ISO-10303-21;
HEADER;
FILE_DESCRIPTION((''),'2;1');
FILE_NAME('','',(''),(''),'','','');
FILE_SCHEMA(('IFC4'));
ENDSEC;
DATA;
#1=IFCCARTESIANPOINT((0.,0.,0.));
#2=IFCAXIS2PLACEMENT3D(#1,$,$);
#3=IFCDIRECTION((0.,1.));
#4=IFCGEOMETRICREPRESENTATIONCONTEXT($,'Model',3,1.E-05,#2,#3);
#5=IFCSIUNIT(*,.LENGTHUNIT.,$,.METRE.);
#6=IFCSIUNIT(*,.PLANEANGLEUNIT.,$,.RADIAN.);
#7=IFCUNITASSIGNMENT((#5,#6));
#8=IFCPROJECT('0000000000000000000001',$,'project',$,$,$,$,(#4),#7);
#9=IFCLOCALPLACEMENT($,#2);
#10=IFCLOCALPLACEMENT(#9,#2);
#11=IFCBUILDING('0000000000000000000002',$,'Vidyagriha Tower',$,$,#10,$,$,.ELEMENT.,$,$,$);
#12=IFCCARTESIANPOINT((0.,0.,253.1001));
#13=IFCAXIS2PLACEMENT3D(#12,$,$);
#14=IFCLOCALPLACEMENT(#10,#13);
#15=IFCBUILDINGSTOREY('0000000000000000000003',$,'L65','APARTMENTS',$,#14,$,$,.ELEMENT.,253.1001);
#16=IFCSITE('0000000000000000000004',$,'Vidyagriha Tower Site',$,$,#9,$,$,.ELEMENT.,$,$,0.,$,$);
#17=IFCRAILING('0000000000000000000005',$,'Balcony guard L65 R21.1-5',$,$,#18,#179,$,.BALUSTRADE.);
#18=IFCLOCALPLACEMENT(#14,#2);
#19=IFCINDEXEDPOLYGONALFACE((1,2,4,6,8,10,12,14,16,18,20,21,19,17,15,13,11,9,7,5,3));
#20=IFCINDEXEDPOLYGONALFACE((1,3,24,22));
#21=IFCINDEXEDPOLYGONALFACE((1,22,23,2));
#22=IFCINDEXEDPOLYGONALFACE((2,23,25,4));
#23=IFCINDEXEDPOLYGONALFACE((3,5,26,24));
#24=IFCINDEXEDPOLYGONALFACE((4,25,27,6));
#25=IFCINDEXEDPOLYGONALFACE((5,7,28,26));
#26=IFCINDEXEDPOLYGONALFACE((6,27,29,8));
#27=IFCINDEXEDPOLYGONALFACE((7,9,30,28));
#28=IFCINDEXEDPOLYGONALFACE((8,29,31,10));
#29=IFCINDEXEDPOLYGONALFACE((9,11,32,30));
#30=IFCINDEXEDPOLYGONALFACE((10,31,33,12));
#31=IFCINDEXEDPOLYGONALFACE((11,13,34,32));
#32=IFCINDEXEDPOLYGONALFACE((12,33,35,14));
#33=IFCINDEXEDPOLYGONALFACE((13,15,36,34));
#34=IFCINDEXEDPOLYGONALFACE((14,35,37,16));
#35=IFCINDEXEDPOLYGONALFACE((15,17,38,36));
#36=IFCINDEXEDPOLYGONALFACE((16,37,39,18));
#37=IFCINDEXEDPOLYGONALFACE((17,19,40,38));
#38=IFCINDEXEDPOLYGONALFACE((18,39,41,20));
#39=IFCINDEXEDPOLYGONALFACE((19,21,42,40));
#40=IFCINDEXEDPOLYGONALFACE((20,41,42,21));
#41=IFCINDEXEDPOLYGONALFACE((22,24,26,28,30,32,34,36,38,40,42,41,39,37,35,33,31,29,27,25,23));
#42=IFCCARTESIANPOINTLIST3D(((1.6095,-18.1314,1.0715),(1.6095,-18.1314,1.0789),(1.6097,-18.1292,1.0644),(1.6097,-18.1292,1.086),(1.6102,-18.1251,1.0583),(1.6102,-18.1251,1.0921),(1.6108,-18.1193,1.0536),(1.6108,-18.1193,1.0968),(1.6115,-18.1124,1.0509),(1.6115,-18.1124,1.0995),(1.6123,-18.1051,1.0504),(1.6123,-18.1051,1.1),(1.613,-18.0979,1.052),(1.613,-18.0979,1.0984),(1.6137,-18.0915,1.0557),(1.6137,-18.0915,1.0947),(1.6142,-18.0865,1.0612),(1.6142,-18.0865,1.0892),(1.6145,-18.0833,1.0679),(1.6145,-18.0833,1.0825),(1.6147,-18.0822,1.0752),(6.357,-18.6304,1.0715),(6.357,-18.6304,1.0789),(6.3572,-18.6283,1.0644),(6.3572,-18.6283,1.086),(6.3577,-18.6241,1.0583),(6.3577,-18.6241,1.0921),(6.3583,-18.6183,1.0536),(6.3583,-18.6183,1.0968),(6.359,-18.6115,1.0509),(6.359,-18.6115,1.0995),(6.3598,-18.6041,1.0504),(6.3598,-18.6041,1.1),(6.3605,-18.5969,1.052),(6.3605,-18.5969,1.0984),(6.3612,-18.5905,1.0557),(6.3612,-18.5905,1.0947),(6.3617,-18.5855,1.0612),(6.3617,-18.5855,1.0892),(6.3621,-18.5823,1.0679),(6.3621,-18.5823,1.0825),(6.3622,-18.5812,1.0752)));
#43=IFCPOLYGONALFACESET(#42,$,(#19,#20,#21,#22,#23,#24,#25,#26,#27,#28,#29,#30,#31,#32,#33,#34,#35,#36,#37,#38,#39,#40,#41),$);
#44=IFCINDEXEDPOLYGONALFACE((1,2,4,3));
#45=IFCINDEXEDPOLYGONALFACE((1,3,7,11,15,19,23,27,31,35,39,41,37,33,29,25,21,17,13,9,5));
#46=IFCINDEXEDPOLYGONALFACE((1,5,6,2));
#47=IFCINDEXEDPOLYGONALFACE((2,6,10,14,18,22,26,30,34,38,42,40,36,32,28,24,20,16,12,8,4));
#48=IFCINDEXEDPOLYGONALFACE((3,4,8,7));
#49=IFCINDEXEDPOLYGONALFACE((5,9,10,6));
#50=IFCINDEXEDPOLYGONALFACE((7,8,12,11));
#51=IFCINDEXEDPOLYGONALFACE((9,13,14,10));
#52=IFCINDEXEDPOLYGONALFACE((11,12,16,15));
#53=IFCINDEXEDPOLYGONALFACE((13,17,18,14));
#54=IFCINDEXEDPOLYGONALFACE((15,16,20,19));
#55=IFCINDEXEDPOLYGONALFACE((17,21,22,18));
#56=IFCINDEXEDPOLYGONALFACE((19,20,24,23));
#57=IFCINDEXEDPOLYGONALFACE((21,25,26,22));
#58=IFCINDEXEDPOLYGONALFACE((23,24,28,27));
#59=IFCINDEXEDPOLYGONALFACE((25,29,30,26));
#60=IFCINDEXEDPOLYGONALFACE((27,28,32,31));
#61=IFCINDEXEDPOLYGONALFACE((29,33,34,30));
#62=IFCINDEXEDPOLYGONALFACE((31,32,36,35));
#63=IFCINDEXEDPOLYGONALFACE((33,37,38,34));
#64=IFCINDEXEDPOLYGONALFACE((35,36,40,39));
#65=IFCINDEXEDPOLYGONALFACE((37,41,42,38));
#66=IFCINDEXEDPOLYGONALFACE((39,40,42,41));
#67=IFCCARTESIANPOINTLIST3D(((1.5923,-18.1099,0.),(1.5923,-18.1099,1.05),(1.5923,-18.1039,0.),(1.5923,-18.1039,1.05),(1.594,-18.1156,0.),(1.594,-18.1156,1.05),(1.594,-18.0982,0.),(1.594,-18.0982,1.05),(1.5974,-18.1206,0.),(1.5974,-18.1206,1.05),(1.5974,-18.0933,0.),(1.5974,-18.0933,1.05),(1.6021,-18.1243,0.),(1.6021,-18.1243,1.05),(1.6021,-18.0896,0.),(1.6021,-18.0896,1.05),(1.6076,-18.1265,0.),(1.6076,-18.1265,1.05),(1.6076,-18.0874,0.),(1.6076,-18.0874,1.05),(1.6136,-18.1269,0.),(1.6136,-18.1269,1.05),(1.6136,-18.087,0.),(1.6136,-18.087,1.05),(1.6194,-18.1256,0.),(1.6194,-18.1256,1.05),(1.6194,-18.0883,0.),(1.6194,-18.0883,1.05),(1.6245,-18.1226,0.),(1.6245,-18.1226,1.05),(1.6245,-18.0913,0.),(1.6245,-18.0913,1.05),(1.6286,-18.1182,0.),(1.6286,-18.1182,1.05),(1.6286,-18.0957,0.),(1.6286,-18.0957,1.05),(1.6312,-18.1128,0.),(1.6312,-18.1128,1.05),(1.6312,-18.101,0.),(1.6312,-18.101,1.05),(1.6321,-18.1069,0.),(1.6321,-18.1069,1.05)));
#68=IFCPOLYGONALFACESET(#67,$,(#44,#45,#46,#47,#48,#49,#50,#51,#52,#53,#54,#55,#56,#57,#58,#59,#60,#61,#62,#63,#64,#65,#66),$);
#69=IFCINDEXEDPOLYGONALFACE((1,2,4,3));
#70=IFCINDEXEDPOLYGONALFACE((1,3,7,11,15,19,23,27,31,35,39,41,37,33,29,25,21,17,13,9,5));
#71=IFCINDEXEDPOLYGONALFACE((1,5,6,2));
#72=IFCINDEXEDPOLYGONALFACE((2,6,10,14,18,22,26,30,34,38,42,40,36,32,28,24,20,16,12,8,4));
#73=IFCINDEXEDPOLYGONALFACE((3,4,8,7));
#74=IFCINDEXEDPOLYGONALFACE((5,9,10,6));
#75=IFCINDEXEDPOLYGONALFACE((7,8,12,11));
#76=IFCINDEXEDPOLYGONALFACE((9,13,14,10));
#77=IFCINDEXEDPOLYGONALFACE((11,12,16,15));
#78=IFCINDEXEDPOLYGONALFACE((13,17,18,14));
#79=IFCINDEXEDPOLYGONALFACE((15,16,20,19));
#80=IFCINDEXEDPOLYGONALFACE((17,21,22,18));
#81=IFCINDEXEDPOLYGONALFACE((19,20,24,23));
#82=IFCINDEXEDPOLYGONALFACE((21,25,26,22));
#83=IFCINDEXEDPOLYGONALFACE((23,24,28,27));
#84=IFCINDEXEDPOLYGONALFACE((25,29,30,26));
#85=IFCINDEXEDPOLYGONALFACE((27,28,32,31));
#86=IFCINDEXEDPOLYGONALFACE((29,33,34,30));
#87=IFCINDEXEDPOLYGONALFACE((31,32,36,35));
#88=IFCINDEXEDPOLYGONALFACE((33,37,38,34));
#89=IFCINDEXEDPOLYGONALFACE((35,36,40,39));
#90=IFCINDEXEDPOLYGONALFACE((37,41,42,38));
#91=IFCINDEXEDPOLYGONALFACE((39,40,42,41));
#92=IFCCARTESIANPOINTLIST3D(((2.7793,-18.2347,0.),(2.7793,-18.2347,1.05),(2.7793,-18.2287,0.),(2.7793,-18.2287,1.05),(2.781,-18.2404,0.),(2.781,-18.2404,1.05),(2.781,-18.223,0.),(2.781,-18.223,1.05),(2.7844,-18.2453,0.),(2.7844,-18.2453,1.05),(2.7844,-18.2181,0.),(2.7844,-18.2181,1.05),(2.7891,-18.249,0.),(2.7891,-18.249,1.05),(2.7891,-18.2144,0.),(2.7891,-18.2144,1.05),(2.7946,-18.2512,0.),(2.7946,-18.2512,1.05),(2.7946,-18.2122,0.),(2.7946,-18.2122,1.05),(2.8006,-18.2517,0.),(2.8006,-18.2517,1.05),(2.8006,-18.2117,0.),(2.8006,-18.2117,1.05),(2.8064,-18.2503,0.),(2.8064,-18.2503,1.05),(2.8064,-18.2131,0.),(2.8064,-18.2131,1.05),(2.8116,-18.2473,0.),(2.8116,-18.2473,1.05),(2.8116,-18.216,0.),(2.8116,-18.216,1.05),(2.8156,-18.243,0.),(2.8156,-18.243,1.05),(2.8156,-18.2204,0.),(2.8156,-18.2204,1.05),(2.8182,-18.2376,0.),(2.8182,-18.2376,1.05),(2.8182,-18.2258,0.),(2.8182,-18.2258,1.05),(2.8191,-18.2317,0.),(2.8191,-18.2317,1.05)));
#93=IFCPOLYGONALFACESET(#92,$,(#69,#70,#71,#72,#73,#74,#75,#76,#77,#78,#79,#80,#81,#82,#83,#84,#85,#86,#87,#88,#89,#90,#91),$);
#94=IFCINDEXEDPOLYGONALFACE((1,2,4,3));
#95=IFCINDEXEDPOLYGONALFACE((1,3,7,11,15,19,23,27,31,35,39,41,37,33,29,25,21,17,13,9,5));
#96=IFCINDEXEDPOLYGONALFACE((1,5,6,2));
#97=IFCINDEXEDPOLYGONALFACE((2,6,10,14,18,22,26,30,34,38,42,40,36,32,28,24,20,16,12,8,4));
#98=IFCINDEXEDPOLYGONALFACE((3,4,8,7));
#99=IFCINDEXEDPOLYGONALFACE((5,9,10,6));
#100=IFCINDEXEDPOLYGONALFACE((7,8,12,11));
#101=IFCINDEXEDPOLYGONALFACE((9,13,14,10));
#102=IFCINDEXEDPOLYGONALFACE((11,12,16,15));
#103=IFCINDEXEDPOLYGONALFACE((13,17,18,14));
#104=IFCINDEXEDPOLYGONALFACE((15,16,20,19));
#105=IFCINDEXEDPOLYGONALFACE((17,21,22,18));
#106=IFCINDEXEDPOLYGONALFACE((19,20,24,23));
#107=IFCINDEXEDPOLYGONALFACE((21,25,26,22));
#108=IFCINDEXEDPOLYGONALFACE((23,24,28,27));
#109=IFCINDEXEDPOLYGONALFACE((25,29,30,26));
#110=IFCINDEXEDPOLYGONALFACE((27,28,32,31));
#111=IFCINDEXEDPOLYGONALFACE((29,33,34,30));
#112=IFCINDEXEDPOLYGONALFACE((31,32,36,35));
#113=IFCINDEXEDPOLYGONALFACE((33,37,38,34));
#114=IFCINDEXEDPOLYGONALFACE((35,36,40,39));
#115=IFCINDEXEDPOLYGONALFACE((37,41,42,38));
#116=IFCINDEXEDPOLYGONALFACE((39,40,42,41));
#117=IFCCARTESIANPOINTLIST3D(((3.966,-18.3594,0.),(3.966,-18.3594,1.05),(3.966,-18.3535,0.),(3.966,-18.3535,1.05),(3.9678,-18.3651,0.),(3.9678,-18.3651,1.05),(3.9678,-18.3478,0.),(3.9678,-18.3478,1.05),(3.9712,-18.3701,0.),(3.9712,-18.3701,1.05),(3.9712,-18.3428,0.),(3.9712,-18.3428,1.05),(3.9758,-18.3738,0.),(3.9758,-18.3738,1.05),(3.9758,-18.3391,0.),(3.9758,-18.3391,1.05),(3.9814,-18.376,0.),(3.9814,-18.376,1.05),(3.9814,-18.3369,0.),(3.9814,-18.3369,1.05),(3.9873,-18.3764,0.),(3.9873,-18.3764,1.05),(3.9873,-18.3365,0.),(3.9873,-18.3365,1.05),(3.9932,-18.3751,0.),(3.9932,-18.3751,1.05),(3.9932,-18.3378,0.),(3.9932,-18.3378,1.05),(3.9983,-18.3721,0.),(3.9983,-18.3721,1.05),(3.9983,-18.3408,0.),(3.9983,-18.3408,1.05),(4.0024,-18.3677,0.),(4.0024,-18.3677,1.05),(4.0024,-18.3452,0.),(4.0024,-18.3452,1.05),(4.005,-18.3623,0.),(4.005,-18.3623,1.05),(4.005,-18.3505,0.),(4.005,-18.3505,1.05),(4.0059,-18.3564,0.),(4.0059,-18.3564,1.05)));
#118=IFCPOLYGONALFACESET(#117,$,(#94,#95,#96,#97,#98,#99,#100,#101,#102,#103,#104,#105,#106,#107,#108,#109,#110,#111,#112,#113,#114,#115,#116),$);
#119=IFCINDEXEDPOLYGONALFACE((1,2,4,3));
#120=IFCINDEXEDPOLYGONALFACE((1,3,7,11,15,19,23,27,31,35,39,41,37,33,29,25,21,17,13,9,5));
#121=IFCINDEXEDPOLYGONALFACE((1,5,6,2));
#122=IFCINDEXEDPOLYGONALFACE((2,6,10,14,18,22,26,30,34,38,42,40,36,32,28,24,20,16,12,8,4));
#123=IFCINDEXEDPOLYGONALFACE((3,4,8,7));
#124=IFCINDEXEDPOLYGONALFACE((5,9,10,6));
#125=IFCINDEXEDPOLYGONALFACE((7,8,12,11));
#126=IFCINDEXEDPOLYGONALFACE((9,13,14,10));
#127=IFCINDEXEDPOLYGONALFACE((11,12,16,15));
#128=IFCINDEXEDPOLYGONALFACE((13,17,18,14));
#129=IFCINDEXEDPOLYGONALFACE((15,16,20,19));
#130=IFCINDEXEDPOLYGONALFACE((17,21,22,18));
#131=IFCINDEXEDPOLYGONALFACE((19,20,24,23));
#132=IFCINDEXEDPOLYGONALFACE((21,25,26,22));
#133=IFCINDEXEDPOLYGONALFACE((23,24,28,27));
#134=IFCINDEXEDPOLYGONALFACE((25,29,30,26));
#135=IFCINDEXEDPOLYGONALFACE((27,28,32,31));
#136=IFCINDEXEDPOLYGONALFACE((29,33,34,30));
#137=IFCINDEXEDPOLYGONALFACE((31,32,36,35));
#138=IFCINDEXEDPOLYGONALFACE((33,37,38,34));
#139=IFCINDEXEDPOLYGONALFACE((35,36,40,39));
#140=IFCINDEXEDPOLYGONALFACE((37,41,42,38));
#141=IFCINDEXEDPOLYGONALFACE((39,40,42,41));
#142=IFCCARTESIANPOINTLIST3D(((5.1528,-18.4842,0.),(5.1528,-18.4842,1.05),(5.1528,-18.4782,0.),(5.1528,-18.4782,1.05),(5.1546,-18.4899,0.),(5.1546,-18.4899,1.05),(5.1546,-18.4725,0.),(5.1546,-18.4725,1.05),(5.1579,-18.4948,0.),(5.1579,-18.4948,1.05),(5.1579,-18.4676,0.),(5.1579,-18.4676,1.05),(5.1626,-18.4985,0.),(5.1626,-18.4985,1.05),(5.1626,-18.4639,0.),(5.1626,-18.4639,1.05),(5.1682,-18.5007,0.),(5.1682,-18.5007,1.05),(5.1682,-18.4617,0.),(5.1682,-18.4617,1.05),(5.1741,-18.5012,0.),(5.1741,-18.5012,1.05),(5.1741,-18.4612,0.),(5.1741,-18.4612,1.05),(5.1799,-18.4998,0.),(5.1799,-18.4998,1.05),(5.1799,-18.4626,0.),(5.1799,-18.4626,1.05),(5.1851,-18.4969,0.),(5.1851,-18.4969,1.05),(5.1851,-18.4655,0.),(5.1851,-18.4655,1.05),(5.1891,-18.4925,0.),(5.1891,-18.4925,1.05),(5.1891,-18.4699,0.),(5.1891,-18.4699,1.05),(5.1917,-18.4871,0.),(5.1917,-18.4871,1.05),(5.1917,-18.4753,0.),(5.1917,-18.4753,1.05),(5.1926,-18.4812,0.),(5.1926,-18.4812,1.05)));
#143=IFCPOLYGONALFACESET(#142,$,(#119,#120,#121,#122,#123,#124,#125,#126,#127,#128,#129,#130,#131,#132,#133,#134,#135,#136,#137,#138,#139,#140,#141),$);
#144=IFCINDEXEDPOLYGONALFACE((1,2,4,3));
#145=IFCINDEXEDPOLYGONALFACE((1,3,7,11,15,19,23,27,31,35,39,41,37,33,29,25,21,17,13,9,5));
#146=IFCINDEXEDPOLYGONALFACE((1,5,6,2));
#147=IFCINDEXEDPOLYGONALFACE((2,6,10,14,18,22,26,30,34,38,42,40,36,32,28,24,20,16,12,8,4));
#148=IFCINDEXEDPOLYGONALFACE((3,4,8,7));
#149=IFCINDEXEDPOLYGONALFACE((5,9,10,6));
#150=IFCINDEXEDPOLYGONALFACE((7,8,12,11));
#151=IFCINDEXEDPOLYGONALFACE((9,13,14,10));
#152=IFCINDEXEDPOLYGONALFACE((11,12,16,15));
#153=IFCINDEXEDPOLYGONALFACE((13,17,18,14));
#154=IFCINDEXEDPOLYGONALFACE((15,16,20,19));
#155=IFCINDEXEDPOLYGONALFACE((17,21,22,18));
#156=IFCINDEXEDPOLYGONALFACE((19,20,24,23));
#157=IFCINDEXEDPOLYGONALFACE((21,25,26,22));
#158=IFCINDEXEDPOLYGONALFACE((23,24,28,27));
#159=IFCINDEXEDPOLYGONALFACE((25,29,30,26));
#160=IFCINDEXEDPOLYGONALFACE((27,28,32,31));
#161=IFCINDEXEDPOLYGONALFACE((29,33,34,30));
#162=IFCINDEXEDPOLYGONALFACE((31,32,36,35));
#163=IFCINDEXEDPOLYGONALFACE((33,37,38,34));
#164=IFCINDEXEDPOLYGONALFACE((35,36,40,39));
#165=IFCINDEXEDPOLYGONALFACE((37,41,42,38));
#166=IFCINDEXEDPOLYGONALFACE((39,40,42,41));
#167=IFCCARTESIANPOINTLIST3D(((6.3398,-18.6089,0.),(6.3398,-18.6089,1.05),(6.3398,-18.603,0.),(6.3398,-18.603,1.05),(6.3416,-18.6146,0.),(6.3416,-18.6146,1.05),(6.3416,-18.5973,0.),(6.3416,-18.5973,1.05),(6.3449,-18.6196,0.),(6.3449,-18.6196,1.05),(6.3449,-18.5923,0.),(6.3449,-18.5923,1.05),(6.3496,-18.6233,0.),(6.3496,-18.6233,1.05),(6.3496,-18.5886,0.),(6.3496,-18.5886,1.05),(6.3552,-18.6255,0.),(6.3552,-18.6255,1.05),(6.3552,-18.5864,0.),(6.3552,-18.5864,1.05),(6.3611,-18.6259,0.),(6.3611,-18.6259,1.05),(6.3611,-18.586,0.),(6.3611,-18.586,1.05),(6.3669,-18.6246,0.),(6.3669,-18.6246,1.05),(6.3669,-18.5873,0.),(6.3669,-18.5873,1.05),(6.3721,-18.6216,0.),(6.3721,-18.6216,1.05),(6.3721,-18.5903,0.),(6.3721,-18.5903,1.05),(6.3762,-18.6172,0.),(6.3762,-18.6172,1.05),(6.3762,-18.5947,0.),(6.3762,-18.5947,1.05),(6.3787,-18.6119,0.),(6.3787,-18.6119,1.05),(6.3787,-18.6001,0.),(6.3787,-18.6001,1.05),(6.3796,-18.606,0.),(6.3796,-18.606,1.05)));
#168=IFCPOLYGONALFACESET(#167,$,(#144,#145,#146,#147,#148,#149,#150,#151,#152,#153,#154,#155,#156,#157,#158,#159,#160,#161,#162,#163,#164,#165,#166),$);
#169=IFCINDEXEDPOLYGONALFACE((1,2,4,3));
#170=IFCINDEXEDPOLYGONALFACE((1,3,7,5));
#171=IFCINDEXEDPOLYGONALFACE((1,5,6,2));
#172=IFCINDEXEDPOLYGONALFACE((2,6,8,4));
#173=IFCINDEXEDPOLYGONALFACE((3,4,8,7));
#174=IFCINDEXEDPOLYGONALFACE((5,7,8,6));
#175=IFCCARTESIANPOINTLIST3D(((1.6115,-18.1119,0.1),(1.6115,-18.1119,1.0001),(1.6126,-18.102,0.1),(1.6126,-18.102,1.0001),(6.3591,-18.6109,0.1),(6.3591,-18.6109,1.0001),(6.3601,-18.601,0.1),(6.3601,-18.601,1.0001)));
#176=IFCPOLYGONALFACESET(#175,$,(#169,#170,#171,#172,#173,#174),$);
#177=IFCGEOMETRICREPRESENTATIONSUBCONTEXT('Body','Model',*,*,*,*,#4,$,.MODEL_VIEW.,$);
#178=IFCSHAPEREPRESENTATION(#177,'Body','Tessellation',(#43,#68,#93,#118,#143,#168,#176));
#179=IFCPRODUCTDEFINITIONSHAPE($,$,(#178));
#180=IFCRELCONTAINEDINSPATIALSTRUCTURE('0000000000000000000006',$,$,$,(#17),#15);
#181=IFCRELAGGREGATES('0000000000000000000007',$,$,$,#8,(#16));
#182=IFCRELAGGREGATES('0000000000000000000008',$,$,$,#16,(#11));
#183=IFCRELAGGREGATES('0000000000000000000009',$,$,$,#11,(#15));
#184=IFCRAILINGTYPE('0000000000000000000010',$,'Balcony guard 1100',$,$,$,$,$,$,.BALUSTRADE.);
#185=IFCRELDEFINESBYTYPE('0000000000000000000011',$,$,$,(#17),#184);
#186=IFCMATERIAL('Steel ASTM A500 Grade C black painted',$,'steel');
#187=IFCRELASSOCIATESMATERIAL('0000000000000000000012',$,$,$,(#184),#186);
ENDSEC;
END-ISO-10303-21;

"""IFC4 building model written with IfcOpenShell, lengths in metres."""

from ifc_helpers import new_model, si_unit, direction, frame, origin, origin_2d, place, context, subcontext, project, spatial, rectangle, circle, extrude, material, type_object, element, save


model = new_model("IFC4")

# Units and contexts
model_context = context("Model", 3, precision=1e-05, world=origin(), true_north=direction((0.0, 1.0)))
body_context = subcontext(model_context, "Body", "Model", "MODEL_VIEW")
ifc_project = project(units=[si_unit("LENGTHUNIT", "METRE"), si_unit("PLANEANGLEUNIT", "RADIAN")], contexts=[model_context])

# Site, building, storey
site_placement = place(None, origin())
site = spatial("IfcSite", under=ifc_project, at=site_placement, Name="Vidyagriha Tower Site", CompositionType="ELEMENT", RefElevation=0.0)
building_placement = place(site_placement, origin())
building = spatial("IfcBuilding", under=site, at=building_placement, Name="Vidyagriha Tower", CompositionType="ELEMENT")
storey_placement = place(building_placement, frame((0.0, 0.0, 253.1001)))
storey = spatial("IfcBuildingStorey", under=building, at=storey_placement, Name="L65", Description="APARTMENTS", CompositionType="ELEMENT", Elevation=253.1001)

# Railing
ifc_material_1 = material(Name="Steel ASTM A500 Grade C black painted", Category="steel")
railing_type = type_object("IfcRailingType", Name="Balcony guard 1100", PredefinedType="BALUSTRADE", material=ifc_material_1)
railing_1_placement = place(storey_placement, frame((1.6121, -18.1069, 0.0)))
element("IfcRailing", 1, at=railing_1_placement, inside=storey, type_object=railing_type, Name="Balcony guard L65 R21.1-5", PredefinedType="BALUSTRADE", context=body_context, shape_type="SweptSolid", body=[
    extrude(circle(Radius=0.0249, at=origin_2d()), frame((0.0, 0.0, 1.0752), z_axis=(0.994521, -0.104536, 0.0), x_axis=(0.104536, 0.994521, 0.0)), (0.0, 0.0, 1.0), 4.7737),
    extrude(circle(Radius=0.02, at=origin_2d()), origin(), (0.0, 0.0, 1.0), 1.05),
    extrude(circle(Radius=0.02, at=origin_2d()), frame((1.187, -0.1248, 0.0)), (0.0, 0.0, 1.0), 1.05),
    extrude(circle(Radius=0.02, at=origin_2d()), frame((2.3738, -0.2495, 0.0)), (0.0, 0.0, 1.0), 1.05),
    extrude(circle(Radius=0.02, at=origin_2d()), frame((3.5605, -0.3743, 0.0)), (0.0, 0.0, 1.0), 1.05),
    extrude(circle(Radius=0.02, at=origin_2d()), frame((4.7476, -0.499, 0.0)), (0.0, 0.0, 1.0), 1.05),
    extrude(rectangle(XDim=0.01, YDim=0.9001, at=origin_2d()), frame((0.0, 0.0, 0.55), z_axis=(0.994521, -0.104536, 0.0), x_axis=(0.104536, 0.994521, 0.0)), (0.0, 0.0, 1.0), 4.7737),
])

save(model, "model.ifc")
